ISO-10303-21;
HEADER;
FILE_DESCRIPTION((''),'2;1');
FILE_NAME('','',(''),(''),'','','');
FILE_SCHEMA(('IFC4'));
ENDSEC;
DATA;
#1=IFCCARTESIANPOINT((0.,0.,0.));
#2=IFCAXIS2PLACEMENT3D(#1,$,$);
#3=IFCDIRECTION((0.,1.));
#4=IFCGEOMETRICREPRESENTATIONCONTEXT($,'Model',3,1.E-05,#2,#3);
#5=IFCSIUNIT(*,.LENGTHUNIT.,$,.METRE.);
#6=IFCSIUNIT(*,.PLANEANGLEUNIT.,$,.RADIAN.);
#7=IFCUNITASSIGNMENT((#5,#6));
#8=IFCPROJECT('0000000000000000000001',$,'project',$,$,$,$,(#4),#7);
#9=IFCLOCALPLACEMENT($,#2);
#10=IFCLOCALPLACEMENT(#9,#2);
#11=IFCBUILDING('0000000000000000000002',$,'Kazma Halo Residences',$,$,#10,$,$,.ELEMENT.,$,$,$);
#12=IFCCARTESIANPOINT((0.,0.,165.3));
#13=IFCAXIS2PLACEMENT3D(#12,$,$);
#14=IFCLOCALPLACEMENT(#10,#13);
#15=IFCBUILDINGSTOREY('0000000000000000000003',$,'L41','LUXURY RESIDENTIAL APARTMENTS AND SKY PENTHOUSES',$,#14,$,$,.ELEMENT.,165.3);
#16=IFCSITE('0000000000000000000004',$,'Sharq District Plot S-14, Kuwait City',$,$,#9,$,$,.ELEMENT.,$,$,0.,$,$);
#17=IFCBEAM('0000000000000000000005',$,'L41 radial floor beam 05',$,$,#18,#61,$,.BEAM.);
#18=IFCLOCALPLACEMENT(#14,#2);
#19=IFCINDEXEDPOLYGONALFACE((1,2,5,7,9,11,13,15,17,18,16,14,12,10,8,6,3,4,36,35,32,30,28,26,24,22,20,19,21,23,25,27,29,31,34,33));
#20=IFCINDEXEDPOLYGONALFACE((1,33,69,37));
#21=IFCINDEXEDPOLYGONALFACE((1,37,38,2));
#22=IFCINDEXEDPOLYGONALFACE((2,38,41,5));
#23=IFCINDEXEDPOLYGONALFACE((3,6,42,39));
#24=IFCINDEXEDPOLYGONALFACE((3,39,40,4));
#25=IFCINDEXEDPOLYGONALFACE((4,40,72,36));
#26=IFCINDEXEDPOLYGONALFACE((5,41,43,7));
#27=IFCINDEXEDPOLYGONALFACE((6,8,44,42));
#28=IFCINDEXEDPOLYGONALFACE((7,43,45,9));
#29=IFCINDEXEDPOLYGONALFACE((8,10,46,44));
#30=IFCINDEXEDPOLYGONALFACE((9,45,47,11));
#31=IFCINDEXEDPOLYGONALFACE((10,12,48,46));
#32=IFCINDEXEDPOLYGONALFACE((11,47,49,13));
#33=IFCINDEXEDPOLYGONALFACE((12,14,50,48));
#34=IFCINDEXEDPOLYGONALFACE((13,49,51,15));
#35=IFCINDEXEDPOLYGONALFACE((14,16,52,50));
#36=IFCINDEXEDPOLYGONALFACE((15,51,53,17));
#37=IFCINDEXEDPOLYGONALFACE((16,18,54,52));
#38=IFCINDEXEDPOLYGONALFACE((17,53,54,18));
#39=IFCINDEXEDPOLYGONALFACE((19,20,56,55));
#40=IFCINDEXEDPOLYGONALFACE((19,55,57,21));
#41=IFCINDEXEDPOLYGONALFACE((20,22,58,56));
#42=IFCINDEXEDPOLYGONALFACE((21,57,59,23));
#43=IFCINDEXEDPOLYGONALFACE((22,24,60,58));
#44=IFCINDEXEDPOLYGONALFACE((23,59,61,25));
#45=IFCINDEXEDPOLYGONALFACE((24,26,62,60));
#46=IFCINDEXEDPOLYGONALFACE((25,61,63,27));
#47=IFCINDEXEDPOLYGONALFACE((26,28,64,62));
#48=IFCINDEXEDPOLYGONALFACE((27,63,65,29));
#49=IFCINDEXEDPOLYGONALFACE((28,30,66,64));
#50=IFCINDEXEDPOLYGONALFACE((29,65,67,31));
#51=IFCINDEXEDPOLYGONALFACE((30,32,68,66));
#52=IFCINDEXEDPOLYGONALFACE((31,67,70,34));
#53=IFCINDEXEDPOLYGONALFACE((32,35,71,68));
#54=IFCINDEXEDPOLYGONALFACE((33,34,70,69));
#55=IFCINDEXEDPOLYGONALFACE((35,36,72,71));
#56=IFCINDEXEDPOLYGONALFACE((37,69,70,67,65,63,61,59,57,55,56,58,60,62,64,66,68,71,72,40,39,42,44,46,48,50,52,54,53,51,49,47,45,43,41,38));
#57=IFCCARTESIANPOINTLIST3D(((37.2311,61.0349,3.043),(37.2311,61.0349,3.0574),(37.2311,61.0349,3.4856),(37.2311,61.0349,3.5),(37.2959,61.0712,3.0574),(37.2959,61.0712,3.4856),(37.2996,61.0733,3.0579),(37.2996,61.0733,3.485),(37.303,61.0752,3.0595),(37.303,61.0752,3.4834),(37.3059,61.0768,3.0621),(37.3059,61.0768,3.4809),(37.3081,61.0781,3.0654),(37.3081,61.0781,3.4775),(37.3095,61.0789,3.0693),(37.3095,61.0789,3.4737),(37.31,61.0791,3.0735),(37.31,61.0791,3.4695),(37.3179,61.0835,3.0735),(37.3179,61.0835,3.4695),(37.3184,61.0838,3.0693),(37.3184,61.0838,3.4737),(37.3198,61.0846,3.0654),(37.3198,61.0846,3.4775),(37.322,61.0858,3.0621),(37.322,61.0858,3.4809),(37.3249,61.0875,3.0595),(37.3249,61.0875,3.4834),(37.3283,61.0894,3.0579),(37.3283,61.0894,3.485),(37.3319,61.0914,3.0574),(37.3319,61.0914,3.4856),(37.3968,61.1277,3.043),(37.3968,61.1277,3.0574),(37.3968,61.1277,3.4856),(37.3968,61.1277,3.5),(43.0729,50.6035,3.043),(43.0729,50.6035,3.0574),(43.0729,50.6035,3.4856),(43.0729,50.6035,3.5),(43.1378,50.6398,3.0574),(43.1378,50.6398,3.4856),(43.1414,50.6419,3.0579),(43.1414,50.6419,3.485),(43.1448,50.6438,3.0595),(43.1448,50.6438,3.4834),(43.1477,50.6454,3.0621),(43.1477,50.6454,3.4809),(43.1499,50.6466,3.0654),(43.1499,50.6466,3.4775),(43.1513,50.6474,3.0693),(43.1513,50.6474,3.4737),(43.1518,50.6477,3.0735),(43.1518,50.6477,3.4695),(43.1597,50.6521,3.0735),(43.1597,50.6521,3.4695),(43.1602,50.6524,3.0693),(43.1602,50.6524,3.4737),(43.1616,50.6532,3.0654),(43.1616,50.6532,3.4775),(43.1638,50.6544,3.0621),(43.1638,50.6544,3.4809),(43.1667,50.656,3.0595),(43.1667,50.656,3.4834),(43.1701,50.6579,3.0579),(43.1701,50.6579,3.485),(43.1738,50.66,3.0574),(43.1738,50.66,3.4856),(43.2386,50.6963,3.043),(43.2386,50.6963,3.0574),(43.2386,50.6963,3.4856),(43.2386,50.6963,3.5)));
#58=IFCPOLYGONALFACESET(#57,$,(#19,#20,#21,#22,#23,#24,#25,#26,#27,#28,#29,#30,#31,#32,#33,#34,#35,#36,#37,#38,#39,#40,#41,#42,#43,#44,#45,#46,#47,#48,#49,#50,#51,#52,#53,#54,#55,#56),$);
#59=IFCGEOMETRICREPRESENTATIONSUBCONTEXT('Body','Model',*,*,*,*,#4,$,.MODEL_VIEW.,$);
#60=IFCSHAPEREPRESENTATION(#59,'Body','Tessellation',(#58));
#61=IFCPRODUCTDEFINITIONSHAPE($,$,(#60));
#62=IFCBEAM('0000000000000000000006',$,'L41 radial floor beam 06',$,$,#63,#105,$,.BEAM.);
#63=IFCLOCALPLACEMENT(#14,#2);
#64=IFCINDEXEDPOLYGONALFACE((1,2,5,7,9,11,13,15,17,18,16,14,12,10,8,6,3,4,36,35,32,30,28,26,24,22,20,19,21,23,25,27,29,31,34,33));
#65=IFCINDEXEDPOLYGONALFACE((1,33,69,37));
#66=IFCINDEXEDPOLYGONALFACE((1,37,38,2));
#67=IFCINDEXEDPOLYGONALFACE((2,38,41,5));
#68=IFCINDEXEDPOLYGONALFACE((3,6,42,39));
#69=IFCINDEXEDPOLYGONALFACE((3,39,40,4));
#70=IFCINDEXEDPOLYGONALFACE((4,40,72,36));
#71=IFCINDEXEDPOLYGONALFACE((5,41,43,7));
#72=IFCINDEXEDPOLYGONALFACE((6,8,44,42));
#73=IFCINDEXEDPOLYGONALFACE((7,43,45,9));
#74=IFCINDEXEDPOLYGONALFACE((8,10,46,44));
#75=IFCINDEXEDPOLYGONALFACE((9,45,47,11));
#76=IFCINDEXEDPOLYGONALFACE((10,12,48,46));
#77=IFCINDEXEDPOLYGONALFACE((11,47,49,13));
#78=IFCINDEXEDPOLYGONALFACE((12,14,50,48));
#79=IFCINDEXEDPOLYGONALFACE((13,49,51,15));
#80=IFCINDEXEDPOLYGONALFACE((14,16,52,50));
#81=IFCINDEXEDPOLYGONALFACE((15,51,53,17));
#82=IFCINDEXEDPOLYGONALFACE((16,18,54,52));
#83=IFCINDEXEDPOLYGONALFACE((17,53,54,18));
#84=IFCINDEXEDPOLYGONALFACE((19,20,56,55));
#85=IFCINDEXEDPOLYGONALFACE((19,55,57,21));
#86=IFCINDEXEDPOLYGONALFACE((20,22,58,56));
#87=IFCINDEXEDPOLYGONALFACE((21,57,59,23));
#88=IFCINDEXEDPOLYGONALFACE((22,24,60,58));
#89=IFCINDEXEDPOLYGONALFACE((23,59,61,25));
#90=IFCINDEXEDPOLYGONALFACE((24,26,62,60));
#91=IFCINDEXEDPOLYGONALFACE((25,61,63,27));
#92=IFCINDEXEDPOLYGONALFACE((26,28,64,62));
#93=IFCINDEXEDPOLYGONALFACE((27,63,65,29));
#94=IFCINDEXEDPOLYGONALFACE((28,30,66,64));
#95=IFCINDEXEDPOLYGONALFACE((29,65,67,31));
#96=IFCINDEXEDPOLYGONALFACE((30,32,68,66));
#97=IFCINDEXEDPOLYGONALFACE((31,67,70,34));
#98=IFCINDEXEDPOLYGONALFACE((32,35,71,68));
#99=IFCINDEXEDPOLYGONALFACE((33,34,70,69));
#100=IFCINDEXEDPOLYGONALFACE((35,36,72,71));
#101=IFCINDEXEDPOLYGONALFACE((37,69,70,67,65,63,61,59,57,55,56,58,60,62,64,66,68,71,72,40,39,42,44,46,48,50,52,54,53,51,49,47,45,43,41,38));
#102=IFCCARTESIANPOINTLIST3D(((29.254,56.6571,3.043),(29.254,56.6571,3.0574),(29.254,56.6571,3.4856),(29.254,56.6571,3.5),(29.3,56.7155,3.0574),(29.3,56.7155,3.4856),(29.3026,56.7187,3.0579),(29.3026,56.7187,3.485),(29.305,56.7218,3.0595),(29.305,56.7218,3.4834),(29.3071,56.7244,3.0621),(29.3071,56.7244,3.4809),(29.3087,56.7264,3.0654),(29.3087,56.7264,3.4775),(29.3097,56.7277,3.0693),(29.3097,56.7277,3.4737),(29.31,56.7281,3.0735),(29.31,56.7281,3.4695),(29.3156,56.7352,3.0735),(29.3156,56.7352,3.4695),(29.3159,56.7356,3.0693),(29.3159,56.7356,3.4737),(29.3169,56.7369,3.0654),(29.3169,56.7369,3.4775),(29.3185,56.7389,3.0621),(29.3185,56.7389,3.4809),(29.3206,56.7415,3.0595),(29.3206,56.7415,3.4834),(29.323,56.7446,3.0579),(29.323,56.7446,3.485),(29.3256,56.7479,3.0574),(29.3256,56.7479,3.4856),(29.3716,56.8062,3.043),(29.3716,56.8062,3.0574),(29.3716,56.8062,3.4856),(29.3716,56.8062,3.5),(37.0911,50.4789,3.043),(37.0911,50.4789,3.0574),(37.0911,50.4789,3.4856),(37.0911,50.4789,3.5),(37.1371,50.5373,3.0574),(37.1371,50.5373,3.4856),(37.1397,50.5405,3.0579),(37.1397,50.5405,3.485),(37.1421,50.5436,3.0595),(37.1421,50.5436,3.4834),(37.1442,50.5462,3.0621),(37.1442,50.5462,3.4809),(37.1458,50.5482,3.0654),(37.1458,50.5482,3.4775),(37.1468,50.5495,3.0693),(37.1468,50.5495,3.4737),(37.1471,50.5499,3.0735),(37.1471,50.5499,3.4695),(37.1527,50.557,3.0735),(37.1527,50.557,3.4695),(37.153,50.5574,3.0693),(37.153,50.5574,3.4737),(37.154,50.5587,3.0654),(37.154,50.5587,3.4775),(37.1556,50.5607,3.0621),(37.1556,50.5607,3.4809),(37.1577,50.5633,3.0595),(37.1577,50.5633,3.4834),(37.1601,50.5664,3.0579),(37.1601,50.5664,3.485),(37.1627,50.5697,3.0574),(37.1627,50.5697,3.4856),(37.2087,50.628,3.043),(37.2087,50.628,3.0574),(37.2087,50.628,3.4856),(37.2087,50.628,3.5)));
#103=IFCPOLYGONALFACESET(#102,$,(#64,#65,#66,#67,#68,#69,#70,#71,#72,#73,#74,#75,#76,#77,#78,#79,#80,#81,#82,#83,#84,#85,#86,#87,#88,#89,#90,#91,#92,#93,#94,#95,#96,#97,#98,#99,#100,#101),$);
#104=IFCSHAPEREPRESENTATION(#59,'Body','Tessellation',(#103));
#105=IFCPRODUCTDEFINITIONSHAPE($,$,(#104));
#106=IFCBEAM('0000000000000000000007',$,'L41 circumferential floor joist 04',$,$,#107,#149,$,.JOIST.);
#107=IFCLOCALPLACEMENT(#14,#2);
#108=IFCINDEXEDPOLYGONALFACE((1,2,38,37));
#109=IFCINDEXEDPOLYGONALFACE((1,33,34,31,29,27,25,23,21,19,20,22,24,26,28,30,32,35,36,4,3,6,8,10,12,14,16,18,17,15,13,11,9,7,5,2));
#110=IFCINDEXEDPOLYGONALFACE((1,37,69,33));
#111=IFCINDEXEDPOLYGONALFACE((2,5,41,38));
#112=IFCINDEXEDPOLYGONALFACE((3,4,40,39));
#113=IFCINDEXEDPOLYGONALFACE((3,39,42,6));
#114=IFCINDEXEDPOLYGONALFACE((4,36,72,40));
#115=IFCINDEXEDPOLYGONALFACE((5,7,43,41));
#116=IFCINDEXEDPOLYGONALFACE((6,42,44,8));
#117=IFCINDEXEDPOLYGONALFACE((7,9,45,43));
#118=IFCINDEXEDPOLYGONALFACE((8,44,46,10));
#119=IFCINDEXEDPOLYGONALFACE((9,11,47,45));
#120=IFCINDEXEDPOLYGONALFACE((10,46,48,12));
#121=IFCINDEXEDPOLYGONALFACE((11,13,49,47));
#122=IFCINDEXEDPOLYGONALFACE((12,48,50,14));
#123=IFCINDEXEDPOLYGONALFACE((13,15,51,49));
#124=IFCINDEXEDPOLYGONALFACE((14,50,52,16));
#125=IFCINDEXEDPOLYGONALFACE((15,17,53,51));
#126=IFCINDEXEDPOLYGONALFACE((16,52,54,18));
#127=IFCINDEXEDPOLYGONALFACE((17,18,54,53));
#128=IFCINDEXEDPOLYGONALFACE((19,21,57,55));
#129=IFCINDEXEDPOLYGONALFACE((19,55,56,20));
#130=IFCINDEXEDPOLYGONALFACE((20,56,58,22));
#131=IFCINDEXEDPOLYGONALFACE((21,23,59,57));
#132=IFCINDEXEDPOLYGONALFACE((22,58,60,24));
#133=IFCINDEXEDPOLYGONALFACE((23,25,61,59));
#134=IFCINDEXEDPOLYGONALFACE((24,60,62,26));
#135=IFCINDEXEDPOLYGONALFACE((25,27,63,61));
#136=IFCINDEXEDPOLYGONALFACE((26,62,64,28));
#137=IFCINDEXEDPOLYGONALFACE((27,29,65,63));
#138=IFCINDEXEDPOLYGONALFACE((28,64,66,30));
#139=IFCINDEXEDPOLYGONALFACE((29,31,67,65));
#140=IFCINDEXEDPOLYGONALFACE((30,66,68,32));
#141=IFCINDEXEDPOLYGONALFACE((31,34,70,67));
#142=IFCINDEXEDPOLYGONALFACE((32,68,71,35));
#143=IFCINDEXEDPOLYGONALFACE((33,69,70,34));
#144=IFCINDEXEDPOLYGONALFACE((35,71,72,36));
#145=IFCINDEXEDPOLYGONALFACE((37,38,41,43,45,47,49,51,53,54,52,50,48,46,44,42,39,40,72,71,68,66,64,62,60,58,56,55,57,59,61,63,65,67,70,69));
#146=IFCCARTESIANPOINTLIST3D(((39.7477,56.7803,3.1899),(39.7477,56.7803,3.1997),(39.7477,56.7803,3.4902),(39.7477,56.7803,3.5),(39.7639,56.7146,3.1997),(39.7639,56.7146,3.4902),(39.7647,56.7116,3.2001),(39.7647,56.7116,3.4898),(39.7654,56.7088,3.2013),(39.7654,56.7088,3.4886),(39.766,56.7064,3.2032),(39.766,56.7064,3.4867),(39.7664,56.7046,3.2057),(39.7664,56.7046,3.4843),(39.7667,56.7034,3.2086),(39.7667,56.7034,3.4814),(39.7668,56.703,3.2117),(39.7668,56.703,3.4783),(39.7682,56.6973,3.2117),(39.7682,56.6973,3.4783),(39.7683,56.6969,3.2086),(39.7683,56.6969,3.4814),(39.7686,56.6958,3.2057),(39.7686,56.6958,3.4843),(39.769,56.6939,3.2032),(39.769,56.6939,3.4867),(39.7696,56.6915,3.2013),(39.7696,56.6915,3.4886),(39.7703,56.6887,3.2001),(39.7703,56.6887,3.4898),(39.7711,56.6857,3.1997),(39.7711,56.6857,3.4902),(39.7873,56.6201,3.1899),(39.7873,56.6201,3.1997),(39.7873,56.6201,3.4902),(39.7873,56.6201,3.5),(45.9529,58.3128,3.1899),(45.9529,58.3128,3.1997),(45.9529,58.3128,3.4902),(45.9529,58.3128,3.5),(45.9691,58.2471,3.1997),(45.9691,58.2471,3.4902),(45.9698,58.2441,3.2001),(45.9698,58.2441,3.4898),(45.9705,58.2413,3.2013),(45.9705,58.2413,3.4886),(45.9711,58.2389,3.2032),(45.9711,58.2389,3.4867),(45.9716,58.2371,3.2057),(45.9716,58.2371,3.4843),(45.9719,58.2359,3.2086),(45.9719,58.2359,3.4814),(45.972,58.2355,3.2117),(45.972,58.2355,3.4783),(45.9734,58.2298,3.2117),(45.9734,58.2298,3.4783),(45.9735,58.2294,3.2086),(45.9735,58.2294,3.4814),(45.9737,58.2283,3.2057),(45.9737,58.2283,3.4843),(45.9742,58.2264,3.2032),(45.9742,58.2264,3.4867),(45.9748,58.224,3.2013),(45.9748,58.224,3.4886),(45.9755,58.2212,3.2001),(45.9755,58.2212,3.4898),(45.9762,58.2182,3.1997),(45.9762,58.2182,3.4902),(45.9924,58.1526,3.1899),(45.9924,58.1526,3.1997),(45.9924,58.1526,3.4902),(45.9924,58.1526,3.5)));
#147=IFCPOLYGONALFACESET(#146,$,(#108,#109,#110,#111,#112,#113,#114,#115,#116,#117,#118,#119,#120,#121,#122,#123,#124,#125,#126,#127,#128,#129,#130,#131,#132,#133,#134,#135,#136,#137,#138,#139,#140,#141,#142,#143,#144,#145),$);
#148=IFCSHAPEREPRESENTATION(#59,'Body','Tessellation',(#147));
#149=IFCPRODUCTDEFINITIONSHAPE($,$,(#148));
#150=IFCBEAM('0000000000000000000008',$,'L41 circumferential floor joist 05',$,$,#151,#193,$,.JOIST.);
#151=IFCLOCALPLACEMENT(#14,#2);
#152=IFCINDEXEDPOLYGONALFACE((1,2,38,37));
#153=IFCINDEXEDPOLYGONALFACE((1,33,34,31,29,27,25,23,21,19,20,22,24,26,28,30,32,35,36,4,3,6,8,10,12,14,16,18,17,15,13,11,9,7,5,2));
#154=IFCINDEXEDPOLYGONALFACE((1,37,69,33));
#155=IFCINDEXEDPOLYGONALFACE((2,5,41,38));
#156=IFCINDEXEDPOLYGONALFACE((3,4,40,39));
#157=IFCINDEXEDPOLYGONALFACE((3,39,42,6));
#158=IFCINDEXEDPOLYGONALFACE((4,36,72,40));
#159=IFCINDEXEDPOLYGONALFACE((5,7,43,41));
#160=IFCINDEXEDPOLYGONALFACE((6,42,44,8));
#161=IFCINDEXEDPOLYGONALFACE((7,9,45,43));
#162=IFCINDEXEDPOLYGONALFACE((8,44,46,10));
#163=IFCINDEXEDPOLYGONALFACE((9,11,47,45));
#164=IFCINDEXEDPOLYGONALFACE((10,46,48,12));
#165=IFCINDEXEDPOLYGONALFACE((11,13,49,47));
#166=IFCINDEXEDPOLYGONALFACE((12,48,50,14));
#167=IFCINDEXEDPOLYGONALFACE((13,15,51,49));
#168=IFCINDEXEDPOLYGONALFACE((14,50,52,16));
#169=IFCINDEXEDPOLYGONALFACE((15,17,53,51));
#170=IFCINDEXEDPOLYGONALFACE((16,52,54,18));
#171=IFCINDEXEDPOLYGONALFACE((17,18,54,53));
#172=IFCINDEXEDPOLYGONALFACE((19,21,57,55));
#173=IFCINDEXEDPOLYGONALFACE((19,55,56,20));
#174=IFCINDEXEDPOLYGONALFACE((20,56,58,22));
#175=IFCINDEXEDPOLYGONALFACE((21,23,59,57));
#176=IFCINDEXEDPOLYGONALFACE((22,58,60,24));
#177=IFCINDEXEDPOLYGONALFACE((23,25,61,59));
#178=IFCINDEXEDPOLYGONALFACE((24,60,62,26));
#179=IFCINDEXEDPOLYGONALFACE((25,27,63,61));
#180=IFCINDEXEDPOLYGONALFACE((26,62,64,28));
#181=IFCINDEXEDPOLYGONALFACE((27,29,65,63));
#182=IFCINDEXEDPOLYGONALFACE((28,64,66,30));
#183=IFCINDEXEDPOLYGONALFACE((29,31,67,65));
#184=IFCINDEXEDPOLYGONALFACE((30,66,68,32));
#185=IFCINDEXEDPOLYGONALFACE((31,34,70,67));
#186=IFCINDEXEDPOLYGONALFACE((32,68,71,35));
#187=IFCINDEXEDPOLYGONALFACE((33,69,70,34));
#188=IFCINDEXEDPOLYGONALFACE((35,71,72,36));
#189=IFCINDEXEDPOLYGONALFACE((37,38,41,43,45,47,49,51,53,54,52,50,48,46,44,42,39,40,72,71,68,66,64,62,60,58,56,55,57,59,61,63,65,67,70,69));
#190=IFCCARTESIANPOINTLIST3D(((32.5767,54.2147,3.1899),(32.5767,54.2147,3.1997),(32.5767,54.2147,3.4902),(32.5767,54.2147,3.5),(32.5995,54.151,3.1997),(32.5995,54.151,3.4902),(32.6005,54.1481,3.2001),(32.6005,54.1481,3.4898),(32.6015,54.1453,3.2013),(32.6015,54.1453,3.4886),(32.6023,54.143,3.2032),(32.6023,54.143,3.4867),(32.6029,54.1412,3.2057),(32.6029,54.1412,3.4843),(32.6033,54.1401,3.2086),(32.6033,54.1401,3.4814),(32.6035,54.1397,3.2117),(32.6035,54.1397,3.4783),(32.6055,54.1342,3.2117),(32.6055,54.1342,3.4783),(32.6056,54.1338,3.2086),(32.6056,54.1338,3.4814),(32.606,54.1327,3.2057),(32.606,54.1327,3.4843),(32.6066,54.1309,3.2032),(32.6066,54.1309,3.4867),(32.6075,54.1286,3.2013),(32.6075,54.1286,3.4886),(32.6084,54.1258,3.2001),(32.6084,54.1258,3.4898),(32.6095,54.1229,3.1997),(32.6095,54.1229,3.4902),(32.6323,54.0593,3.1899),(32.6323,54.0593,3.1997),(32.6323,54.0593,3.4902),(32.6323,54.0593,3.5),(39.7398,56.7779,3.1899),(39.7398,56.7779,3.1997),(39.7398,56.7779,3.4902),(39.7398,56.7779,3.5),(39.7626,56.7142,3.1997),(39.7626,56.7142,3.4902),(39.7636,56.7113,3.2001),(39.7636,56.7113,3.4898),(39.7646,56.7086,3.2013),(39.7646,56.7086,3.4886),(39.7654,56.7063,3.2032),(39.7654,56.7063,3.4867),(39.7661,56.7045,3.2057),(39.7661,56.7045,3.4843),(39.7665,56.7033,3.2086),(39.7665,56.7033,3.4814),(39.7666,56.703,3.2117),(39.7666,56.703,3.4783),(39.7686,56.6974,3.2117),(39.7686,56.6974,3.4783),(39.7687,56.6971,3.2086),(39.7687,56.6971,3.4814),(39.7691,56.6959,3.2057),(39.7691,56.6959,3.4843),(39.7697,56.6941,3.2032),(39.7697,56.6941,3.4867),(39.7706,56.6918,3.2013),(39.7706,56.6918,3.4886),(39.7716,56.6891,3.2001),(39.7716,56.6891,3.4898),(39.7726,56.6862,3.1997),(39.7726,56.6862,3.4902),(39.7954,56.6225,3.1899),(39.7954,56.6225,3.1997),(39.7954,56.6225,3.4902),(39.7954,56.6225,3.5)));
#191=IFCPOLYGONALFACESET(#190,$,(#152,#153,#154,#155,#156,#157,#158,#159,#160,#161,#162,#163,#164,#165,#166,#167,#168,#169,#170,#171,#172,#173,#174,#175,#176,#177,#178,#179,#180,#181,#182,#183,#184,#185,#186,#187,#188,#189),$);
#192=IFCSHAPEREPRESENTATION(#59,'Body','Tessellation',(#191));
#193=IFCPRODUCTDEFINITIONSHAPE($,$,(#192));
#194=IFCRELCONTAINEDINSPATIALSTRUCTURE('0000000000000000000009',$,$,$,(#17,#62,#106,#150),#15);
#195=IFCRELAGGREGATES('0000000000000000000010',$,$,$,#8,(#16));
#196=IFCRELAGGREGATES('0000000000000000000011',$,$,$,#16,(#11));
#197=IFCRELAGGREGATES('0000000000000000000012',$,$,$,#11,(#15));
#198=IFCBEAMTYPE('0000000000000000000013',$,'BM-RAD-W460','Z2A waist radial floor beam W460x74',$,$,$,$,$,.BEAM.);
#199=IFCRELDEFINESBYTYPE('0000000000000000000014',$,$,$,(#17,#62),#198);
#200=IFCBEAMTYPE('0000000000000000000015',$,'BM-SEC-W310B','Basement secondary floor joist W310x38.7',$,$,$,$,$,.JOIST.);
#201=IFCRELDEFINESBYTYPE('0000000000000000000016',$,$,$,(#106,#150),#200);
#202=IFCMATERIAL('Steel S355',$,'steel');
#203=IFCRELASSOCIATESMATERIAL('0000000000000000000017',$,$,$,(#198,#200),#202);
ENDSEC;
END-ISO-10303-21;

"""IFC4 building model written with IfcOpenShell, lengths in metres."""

from ifc_helpers import new_model, si_unit, direction, frame, origin, origin_2d, place, context, subcontext, project, spatial, i_section, extrude, material, material_profile, profile_set, type_object, element, save


model = new_model("IFC4")

# Units and contexts
model_context = context("Model", 3, precision=1e-05, world=origin(), true_north=direction((0.0, 1.0)))
body_context = subcontext(model_context, "Body", "Model", "MODEL_VIEW")
ifc_project = project(units=[si_unit("LENGTHUNIT", "METRE"), si_unit("PLANEANGLEUNIT", "RADIAN")], contexts=[model_context])

# Site, building, storey
site_placement = place(None, origin())
site = spatial("IfcSite", under=ifc_project, at=site_placement, Name="Sharq District Plot S-14, Kuwait City", CompositionType="ELEMENT", RefElevation=0.0)
building_placement = place(site_placement, origin())
building = spatial("IfcBuilding", under=site, at=building_placement, Name="Kazma Halo Residences", CompositionType="ELEMENT")
storey_placement = place(building_placement, frame((0.0, 0.0, 165.3)))
storey = spatial("IfcBuildingStorey", under=building, at=storey_placement, Name="L41", Description="LUXURY RESIDENTIAL APARTMENTS AND SKY PENTHOUSES", CompositionType="ELEMENT", Elevation=165.3)

# Beams
ifc_material_1 = material(Name="Steel S355", Category="steel")
ifc_material_profile_1 = material_profile(ifc_material_1, i_section(OverallWidth=0.1899, OverallDepth=0.457, WebThickness=0.009, FlangeThickness=0.0144, FilletRadius=0.0161, at=origin_2d()), Name="W460x74")
ifc_profile_set_1 = profile_set([ifc_material_profile_1], Name="Steel S355")
beam_type_1 = type_object("IfcBeamType", Name="BM-RAD-W460", Description="Z2A waist radial floor beam W460x74", PredefinedType="BEAM", material=ifc_profile_set_1)
beam_1_placement = place(storey_placement, frame((43.1558, 50.6499, 3.2715), z_axis=(-0.488617, 0.872498, 0.0), x_axis=(-0.872498, -0.488617, 0.0)))
element("IfcBeam", 1, at=beam_1_placement, inside=storey, type_object=beam_type_1, Name="L41 radial floor beam 05", PredefinedType="BEAM", context=body_context, shape_type="SweptSolid", body=[
    extrude(i_section(OverallWidth=0.1899, OverallDepth=0.457, WebThickness=0.009, FlangeThickness=0.0144, FilletRadius=0.0161, at=origin_2d()), origin(), (0.0, 0.0, 1.0), 11.9558),
])
beam_2_placement = place(storey_placement, frame((37.1499, 50.5535, 3.2715), z_axis=(-0.785322, 0.619088, 0.0), x_axis=(-0.619088, -0.785322, 0.0)))
element("IfcBeam", 2, at=beam_2_placement, inside=storey, type_object=beam_type_1, Name="L41 radial floor beam 06", PredefinedType="BEAM", context=body_context, shape_type="SweptSolid", body=[
    extrude(i_section(OverallWidth=0.1899, OverallDepth=0.457, WebThickness=0.009, FlangeThickness=0.0144, FilletRadius=0.0161, at=origin_2d()), origin(), (0.0, 0.0, 1.0), 9.9795),
])
ifc_material_profile_2 = material_profile(ifc_material_1, i_section(OverallWidth=0.165, OverallDepth=0.3101, WebThickness=0.0059, FlangeThickness=0.0098, FilletRadius=0.012, at=origin_2d()), Name="W310x38.7")
ifc_profile_set_2 = profile_set([ifc_material_profile_2], Name="Steel S355")
beam_type_2 = type_object("IfcBeamType", Name="BM-SEC-W310B", Description="Basement secondary floor joist W310x38.7", PredefinedType="JOIST", material=ifc_profile_set_2)
beam_3_placement = place(storey_placement, frame((45.9727, 58.2327, 3.345), z_axis=(-0.970831, -0.239766, 0.0), x_axis=(0.239766, -0.970831, 0.0)))
element("IfcBeam", 3, at=beam_3_placement, inside=storey, type_object=beam_type_2, Name="L41 circumferential floor joist 04", PredefinedType="JOIST", context=body_context, shape_type="SweptSolid", body=[
    extrude(i_section(OverallWidth=0.165, OverallDepth=0.3101, WebThickness=0.0059, FlangeThickness=0.0098, FilletRadius=0.012, at=origin_2d()), origin(), (0.0, 0.0, 1.0), 6.3916),
])
beam_4_placement = place(storey_placement, frame((39.7676, 56.7002, 3.345), z_axis=(-0.941534, -0.336918, 0.0), x_axis=(0.336918, -0.941534, 0.0)))
element("IfcBeam", 4, at=beam_4_placement, inside=storey, type_object=beam_type_2, Name="L41 circumferential floor joist 05", PredefinedType="JOIST", context=body_context, shape_type="SweptSolid", body=[
    extrude(i_section(OverallWidth=0.165, OverallDepth=0.3101, WebThickness=0.0059, FlangeThickness=0.0098, FilletRadius=0.012, at=origin_2d()), origin(), (0.0, 0.0, 1.0), 7.6079),
])

save(model, "model.ifc")
